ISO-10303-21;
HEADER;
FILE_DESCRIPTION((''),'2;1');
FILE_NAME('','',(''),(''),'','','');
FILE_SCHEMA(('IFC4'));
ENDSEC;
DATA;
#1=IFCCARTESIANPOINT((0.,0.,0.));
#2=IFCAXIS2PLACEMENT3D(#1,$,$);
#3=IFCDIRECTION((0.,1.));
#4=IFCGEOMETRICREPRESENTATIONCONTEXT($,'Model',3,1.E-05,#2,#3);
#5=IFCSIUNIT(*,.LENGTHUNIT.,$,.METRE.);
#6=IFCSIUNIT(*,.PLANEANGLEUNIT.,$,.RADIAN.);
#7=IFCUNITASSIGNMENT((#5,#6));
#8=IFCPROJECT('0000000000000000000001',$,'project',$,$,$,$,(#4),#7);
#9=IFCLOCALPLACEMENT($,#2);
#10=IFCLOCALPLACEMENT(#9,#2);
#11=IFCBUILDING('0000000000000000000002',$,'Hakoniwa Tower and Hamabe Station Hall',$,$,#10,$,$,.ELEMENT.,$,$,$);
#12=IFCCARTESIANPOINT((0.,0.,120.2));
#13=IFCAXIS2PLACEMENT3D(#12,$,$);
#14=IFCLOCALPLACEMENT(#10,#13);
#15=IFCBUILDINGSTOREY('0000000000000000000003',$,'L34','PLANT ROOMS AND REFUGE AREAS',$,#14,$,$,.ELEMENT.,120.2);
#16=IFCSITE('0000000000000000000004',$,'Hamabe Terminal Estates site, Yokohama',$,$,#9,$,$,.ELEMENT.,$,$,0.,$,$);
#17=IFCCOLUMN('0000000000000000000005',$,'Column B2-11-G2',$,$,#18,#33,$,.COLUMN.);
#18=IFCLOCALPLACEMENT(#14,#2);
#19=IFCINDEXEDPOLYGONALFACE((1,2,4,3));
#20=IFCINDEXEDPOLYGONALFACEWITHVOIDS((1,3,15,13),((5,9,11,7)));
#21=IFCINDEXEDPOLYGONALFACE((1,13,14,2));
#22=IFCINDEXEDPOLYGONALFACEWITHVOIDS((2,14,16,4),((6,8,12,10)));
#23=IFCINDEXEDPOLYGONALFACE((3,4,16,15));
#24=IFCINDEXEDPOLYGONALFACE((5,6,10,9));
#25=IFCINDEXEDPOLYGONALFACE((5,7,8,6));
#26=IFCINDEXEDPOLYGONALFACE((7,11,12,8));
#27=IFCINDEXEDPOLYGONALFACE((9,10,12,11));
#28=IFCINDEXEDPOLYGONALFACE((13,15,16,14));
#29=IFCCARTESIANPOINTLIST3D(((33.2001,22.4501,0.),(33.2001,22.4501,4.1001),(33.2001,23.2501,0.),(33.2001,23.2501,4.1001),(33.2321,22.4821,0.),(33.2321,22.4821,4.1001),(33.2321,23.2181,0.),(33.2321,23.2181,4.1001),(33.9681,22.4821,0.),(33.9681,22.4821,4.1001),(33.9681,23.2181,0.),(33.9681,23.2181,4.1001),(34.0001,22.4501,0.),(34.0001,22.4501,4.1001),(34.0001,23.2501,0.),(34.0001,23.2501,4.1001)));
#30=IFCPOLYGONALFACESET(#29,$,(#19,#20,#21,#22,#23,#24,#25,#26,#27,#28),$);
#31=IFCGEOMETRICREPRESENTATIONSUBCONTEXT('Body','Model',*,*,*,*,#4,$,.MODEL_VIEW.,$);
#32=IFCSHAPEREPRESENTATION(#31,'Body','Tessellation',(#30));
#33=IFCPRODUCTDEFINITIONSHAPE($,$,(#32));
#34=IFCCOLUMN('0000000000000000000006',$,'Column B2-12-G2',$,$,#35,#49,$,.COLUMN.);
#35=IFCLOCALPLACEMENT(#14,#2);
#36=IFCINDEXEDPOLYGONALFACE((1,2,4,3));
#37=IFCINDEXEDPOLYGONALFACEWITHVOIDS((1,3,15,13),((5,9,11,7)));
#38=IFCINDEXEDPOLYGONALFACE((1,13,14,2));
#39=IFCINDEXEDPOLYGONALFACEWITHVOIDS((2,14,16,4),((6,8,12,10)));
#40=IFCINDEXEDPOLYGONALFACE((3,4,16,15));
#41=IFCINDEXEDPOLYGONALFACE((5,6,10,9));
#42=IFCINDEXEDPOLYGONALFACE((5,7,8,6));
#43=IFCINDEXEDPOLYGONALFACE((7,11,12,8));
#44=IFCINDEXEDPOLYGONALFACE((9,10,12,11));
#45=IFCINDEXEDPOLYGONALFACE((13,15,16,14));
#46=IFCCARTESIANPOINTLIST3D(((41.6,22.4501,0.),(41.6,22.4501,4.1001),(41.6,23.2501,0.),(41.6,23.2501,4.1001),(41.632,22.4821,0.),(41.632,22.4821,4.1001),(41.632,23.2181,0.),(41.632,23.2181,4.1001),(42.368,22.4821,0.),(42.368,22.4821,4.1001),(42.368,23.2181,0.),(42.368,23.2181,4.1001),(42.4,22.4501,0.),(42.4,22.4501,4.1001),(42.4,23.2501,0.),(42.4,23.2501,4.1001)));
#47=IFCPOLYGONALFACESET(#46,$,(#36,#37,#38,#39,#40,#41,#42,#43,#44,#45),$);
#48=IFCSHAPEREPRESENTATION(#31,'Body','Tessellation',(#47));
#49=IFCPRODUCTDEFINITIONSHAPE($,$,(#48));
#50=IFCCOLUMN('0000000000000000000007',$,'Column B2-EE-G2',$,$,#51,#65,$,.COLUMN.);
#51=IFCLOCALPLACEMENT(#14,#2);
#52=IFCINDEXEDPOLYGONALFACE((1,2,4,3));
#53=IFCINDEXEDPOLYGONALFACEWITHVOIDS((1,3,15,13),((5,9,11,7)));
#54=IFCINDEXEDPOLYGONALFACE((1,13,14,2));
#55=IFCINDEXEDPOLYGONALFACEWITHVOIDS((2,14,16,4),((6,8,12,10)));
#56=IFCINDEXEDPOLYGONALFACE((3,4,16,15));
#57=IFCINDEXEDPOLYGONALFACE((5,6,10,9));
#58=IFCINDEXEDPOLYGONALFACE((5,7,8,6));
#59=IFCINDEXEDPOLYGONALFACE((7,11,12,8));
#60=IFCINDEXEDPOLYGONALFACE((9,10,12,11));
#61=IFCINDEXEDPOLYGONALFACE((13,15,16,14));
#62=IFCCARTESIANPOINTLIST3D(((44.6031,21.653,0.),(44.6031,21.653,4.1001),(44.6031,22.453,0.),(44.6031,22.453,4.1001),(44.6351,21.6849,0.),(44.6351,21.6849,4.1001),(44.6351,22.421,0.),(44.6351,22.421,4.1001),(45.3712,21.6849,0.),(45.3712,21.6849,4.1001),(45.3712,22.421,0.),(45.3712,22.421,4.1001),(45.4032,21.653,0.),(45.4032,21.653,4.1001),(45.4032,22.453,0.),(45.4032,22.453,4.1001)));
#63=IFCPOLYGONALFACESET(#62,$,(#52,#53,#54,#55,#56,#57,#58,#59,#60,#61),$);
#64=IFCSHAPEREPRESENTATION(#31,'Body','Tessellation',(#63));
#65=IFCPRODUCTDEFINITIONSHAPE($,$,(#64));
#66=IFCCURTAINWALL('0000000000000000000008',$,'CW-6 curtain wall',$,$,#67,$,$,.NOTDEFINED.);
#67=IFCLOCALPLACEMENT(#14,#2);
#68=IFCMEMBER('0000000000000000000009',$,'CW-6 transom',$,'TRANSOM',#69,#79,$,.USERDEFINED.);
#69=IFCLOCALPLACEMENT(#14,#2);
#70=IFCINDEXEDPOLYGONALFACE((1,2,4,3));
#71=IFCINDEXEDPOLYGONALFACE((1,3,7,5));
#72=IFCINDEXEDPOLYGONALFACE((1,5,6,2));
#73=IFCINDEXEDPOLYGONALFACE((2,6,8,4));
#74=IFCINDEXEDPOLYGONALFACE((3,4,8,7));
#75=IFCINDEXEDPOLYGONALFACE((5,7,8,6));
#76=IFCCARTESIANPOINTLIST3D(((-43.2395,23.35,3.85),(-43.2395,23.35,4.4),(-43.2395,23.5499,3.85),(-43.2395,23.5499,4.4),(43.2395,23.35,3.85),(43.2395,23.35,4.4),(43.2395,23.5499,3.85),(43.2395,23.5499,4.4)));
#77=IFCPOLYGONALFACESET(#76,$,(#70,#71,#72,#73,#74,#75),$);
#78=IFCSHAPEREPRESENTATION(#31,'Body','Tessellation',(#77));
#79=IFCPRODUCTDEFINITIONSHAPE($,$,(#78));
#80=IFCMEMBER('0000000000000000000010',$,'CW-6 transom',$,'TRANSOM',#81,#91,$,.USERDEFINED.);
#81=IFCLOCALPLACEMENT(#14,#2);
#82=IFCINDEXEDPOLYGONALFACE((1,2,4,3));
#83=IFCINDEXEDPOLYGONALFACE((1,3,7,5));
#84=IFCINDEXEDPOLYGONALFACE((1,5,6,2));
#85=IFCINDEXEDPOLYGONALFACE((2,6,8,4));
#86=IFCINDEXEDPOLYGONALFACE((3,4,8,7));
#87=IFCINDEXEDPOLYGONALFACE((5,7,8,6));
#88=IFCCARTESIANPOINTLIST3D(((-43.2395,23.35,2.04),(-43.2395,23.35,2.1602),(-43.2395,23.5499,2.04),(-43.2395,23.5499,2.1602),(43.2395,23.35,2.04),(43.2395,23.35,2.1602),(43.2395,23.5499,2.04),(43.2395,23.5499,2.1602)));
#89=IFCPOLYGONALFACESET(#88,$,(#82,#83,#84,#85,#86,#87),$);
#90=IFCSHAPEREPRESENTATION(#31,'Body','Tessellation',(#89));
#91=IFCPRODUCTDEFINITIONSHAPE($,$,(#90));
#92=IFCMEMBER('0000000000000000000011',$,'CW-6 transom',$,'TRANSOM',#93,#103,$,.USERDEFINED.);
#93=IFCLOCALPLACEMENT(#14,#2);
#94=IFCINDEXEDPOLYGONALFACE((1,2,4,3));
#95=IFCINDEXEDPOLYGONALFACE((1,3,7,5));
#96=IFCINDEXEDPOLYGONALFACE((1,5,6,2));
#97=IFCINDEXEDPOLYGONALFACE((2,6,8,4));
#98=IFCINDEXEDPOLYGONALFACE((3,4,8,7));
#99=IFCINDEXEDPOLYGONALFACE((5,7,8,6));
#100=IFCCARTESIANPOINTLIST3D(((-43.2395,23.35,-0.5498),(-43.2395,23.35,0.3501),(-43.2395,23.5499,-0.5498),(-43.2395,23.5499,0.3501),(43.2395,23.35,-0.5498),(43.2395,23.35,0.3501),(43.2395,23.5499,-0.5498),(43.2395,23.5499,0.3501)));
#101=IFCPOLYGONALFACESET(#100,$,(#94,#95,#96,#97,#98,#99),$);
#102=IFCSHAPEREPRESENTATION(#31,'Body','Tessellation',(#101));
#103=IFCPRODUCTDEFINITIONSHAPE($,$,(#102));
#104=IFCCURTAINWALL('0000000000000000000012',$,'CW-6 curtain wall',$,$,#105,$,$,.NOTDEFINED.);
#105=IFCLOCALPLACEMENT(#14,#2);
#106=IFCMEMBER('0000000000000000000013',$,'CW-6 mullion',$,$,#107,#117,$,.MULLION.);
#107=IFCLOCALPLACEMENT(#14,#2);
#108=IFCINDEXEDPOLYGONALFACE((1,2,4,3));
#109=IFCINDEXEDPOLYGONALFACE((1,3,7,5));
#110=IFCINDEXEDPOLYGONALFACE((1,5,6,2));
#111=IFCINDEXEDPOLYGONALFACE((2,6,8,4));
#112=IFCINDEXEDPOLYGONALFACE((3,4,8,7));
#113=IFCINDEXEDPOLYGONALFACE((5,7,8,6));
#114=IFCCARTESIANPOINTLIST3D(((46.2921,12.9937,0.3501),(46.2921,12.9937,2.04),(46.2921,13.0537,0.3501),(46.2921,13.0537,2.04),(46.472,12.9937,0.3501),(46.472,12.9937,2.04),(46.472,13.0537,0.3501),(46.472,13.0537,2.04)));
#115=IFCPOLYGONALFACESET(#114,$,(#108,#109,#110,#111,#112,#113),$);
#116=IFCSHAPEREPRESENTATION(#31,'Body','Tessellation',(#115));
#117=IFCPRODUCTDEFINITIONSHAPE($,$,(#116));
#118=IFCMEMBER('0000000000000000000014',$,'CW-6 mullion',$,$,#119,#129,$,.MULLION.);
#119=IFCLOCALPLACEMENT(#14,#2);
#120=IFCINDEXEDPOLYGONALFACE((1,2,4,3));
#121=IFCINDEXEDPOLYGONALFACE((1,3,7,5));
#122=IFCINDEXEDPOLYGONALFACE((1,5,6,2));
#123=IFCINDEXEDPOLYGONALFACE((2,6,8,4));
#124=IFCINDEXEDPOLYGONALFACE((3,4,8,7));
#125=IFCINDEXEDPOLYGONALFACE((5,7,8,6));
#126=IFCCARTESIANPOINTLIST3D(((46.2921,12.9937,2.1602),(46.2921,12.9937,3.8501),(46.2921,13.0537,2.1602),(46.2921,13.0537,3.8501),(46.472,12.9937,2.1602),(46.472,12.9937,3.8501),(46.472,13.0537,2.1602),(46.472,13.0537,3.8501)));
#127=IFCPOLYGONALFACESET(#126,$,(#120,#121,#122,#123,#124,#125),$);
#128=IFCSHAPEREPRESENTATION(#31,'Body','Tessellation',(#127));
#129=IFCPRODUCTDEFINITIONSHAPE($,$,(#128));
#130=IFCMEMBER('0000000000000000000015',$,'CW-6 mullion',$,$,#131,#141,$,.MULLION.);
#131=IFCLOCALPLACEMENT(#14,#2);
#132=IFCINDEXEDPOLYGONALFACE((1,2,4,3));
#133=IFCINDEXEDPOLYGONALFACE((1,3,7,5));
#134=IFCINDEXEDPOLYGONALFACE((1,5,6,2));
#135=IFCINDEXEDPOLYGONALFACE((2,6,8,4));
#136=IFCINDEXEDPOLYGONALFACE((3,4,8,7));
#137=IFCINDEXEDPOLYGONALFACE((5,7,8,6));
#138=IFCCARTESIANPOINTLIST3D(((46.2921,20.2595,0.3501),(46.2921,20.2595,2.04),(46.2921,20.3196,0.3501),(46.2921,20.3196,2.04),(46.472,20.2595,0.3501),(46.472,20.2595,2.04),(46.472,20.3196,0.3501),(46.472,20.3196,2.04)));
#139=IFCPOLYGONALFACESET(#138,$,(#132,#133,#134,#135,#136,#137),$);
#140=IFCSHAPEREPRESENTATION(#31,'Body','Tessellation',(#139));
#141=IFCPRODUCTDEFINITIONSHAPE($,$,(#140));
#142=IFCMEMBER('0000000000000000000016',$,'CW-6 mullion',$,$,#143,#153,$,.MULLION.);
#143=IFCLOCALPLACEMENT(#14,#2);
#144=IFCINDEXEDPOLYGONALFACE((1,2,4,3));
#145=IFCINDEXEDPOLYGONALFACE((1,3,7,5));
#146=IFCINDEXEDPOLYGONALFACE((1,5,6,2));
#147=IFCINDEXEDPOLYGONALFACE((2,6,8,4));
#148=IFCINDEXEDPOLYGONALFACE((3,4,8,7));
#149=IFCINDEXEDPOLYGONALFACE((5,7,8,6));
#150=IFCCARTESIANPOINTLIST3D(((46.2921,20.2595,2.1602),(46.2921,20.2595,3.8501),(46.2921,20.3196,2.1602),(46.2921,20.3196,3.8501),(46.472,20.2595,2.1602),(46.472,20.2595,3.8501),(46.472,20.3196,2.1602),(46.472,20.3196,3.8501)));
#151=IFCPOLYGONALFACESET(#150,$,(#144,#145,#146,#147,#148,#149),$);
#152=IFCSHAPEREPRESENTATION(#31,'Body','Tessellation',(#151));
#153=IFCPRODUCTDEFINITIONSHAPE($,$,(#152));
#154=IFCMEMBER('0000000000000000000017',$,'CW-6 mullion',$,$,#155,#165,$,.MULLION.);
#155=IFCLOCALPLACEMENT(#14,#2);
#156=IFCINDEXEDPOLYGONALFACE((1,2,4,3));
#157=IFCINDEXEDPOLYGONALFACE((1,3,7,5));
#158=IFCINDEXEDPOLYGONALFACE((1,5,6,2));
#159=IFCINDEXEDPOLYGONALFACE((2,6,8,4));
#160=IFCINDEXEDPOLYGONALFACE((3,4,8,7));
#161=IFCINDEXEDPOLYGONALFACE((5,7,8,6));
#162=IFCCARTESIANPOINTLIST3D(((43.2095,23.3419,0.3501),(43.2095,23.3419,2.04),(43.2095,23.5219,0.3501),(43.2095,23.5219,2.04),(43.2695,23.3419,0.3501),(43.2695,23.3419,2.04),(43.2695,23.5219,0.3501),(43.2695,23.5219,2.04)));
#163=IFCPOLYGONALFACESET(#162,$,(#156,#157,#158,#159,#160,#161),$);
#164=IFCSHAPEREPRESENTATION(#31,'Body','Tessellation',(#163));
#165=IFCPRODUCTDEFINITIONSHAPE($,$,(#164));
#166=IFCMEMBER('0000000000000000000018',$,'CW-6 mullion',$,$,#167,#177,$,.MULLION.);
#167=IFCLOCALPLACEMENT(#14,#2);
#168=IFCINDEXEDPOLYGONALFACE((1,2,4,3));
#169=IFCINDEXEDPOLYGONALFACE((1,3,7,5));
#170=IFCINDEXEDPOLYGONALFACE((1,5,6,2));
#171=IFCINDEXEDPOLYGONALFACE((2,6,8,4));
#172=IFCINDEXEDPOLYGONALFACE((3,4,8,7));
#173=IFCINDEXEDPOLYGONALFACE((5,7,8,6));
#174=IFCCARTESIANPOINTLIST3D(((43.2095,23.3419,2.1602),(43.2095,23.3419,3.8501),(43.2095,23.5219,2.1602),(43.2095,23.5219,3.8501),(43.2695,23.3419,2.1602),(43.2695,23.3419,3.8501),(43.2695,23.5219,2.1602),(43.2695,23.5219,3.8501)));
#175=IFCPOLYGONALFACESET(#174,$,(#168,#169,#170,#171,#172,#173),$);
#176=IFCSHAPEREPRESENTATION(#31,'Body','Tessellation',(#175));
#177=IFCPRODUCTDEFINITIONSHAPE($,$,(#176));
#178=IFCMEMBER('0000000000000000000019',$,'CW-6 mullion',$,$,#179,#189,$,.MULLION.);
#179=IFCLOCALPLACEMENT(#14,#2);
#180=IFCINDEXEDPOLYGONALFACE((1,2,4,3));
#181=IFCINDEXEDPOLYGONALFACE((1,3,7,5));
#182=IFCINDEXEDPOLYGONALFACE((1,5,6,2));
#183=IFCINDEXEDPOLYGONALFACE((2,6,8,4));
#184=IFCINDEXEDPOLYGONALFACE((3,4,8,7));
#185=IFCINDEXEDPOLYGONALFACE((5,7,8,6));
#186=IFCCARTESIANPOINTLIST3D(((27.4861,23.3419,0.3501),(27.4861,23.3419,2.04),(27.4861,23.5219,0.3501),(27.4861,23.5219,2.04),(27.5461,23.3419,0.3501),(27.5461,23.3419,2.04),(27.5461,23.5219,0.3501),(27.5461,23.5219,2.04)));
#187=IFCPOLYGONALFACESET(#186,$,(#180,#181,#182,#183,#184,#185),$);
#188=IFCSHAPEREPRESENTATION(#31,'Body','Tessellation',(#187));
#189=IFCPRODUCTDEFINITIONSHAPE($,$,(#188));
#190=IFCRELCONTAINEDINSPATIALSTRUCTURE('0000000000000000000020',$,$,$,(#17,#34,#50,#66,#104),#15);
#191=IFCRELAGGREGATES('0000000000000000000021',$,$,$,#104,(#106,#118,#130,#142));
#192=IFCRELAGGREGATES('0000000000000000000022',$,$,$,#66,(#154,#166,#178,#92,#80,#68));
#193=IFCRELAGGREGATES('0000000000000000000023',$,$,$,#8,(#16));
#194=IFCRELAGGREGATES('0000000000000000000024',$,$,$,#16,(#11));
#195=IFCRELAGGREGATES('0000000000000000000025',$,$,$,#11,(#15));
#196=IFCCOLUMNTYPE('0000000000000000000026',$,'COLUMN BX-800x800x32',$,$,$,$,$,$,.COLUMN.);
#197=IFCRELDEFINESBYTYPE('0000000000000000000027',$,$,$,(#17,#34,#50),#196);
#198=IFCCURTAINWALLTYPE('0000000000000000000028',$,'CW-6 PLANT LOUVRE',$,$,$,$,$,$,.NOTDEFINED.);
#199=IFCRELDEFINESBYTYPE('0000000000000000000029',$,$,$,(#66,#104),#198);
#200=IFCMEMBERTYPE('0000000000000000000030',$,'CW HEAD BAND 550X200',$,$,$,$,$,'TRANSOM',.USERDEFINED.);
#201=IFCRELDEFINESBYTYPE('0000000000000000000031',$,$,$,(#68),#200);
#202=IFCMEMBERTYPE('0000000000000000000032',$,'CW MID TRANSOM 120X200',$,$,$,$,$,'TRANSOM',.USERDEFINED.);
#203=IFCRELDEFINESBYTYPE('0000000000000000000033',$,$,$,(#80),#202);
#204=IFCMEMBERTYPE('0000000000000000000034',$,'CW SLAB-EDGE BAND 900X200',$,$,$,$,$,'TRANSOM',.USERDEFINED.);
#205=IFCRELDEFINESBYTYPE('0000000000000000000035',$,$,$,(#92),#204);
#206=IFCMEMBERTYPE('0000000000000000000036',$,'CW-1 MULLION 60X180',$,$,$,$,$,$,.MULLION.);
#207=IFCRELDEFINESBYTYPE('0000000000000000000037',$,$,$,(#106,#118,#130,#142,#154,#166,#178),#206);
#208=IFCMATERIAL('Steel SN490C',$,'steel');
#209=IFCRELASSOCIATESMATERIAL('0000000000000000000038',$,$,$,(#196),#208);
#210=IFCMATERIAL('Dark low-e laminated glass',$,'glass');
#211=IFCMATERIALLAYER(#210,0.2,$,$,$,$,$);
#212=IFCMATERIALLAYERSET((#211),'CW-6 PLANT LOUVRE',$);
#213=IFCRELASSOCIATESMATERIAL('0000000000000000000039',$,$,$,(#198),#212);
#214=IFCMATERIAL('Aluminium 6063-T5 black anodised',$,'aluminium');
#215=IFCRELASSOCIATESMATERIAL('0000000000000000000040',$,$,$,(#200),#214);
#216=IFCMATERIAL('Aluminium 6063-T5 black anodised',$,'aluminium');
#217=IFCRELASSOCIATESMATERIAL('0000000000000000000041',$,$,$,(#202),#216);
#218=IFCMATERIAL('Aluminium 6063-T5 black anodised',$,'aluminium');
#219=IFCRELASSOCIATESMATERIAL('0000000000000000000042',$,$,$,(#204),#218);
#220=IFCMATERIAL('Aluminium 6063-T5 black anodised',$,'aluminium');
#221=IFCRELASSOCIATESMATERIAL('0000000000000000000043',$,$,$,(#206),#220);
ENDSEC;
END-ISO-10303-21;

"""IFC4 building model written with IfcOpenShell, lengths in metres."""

from ifc_helpers import new_model, si_unit, direction, frame, origin, origin_2d, place, context, subcontext, project, spatial, rectangle, hollow_rectangle, extrude, material, layer, layer_set, material_profile, profile_set, type_object, element, aggregate, save


model = new_model("IFC4")

# Units and contexts
model_context = context("Model", 3, precision=1e-05, world=origin(), true_north=direction((0.0, 1.0)))
body_context = subcontext(model_context, "Body", "Model", "MODEL_VIEW")
ifc_project = project(units=[si_unit("LENGTHUNIT", "METRE"), si_unit("PLANEANGLEUNIT", "RADIAN")], contexts=[model_context])

# Site, building, storey
site_placement = place(None, origin())
site = spatial("IfcSite", under=ifc_project, at=site_placement, Name="Hamabe Terminal Estates site, Yokohama", CompositionType="ELEMENT", RefElevation=0.0)
building_placement = place(site_placement, origin())
building = spatial("IfcBuilding", under=site, at=building_placement, Name="Hakoniwa Tower and Hamabe Station Hall", CompositionType="ELEMENT")
storey_placement = place(building_placement, frame((0.0, 0.0, 120.2)))
storey = spatial("IfcBuildingStorey", under=building, at=storey_placement, Name="L34", Description="PLANT ROOMS AND REFUGE AREAS", CompositionType="ELEMENT", Elevation=120.2)

# Columns
ifc_material_1 = material(Name="Steel SN490C", Category="steel")
ifc_material_profile_1 = material_profile(ifc_material_1, hollow_rectangle(XDim=0.8, YDim=0.8, WallThickness=0.032, at=origin_2d()), Name="BX-800x800x32")
ifc_profile_set_1 = profile_set([ifc_material_profile_1], Name="Steel SN490C")
column_type = type_object("IfcColumnType", Name="COLUMN BX-800x800x32", PredefinedType="COLUMN", material=ifc_profile_set_1)
for number, where, z_axis, x_axis, name in (
    (1, (33.6001, 22.8501, 0.0), (0.0, 0.0, 1.0), (1.0, 0.0, 0.0), "Column B2-11-G2"),
    (2, (42.0, 22.8501, 0.0), (0.0, 0.0, 1.0), (1.0, 0.0, 0.0), "Column B2-12-G2"),
    (3, (45.0032, 22.053, 0.0), (0.0, 0.0, 1.0), (1.0, 0.0, 0.0), "Column B2-EE-G2"),
):
    element("IfcColumn", number, at=place(storey_placement, frame(where, z_axis=z_axis, x_axis=x_axis)), inside=storey, type_object=column_type, Name=name, PredefinedType="COLUMN", context=body_context, shape_type="SweptSolid", body=[
        extrude(hollow_rectangle(XDim=0.8, YDim=0.8, WallThickness=0.032, at=origin_2d()), origin(), (0.0, 0.0, 1.0), 4.1001),
    ])

# Curtain walls, members
ifc_material_2 = material(Name="Dark low-e laminated glass", Category="glass")
ifc_layer_1 = layer(ifc_material_2, 0.2)
ifc_layer_set_1 = layer_set([ifc_layer_1], Name="CW-6 PLANT LOUVRE")
curtain_wall_type = type_object("IfcCurtainWallType", Name="CW-6 PLANT LOUVRE", PredefinedType="NOTDEFINED", material=ifc_layer_set_1)
curtain_wall_1_placement = place(storey_placement, origin())
curtain_wall_1 = element("IfcCurtainWall", 4, at=curtain_wall_1_placement, inside=storey, type_object=curtain_wall_type, Name="CW-6 curtain wall", PredefinedType="NOTDEFINED")
ifc_material_3 = material(Name="Aluminium 6063-T5 black anodised", Category="aluminium")
ifc_material_profile_2 = material_profile(ifc_material_3, rectangle(XDim=0.2, YDim=0.55, at=origin_2d()), Name="CW HEAD BAND 550X200")
ifc_profile_set_2 = profile_set([ifc_material_profile_2], Name="Aluminium 6063-T5 black anodised")
member_type_1 = type_object("IfcMemberType", Name="CW HEAD BAND 550X200", ElementType="TRANSOM", PredefinedType="USERDEFINED", material=ifc_profile_set_2)
member_1_placement = place(storey_placement, frame((43.2395, 23.45, 4.125), z_axis=(-1.0, 0.0, 0.0), x_axis=(0.0, -1.0, 0.0)))
member_1 = element("IfcMember", 5, at=member_1_placement, type_object=member_type_1, Name="CW-6 transom", ObjectType="TRANSOM", PredefinedType="USERDEFINED", context=body_context, shape_type="SweptSolid", body=[
    extrude(rectangle(XDim=0.2, YDim=0.55, at=origin_2d()), origin(), (0.0, 0.0, 1.0), 86.479),
])
ifc_material_4 = material(Name="Aluminium 6063-T5 black anodised", Category="aluminium")
ifc_material_profile_3 = material_profile(ifc_material_4, rectangle(XDim=0.2, YDim=0.1201, at=origin_2d()), Name="CW MID TRANSOM 120X200")
ifc_profile_set_3 = profile_set([ifc_material_profile_3], Name="Aluminium 6063-T5 black anodised")
member_type_2 = type_object("IfcMemberType", Name="CW MID TRANSOM 120X200", ElementType="TRANSOM", PredefinedType="USERDEFINED", material=ifc_profile_set_3)
member_2_placement = place(storey_placement, frame((43.2395, 23.45, 2.1001), z_axis=(-1.0, 0.0, 0.0), x_axis=(0.0, -1.0, 0.0)))
member_2 = element("IfcMember", 6, at=member_2_placement, type_object=member_type_2, Name="CW-6 transom", ObjectType="TRANSOM", PredefinedType="USERDEFINED", context=body_context, shape_type="SweptSolid", body=[
    extrude(rectangle(XDim=0.2, YDim=0.1201, at=origin_2d()), origin(), (0.0, 0.0, 1.0), 86.479),
])
ifc_material_5 = material(Name="Aluminium 6063-T5 black anodised", Category="aluminium")
ifc_material_profile_4 = material_profile(ifc_material_5, rectangle(XDim=0.2, YDim=0.8999, at=origin_2d()), Name="CW SLAB-EDGE BAND 900X200")
ifc_profile_set_4 = profile_set([ifc_material_profile_4], Name="Aluminium 6063-T5 black anodised")
member_type_3 = type_object("IfcMemberType", Name="CW SLAB-EDGE BAND 900X200", ElementType="TRANSOM", PredefinedType="USERDEFINED", material=ifc_profile_set_4)
member_3_placement = place(storey_placement, frame((43.2395, 23.45, -0.0999), z_axis=(-1.0, 0.0, 0.0), x_axis=(0.0, -1.0, 0.0)))
member_3 = element("IfcMember", 7, at=member_3_placement, type_object=member_type_3, Name="CW-6 transom", ObjectType="TRANSOM", PredefinedType="USERDEFINED", context=body_context, shape_type="SweptSolid", body=[
    extrude(rectangle(XDim=0.2, YDim=0.8999, at=origin_2d()), origin(), (0.0, 0.0, 1.0), 86.479),
])
curtain_wall_2_placement = place(storey_placement, origin())
curtain_wall_2 = element("IfcCurtainWall", 8, at=curtain_wall_2_placement, inside=storey, type_object=curtain_wall_type, Name="CW-6 curtain wall", PredefinedType="NOTDEFINED")
ifc_material_6 = material(Name="Aluminium 6063-T5 black anodised", Category="aluminium")
ifc_material_profile_5 = material_profile(ifc_material_6, rectangle(XDim=0.0601, YDim=0.1799, at=origin_2d()), Name="CW-1 MULLION 60X180")
ifc_profile_set_5 = profile_set([ifc_material_profile_5], Name="Aluminium 6063-T5 black anodised")
member_type_4 = type_object("IfcMemberType", Name="CW-1 MULLION 60X180", PredefinedType="MULLION", material=ifc_profile_set_5)
member_4_placement = place(storey_placement, frame((46.3821, 13.0237, 0.3501), z_axis=(0.0, 0.0, 1.0), x_axis=(0.0, 1.0, 0.0)))
member_4 = element("IfcMember", 9, at=member_4_placement, type_object=member_type_4, Name="CW-6 mullion", PredefinedType="MULLION", context=body_context, shape_type="SweptSolid", body=[
    extrude(rectangle(XDim=0.0601, YDim=0.1799, at=origin_2d()), origin(), (0.0, 0.0, 1.0), 1.6899),
])
member_5_placement = place(storey_placement, frame((46.3821, 13.0237, 2.1602), z_axis=(0.0, 0.0, 1.0), x_axis=(0.0, 1.0, 0.0)))
member_5 = element("IfcMember", 10, at=member_5_placement, type_object=member_type_4, Name="CW-6 mullion", PredefinedType="MULLION", context=body_context, shape_type="SweptSolid", body=[
    extrude(rectangle(XDim=0.0601, YDim=0.1799, at=origin_2d()), origin(), (0.0, 0.0, 1.0), 1.6899),
])
member_6_placement = place(storey_placement, frame((46.3821, 20.2896, 0.3501), z_axis=(0.0, 0.0, 1.0), x_axis=(0.0, 1.0, 0.0)))
member_6 = element("IfcMember", 11, at=member_6_placement, type_object=member_type_4, Name="CW-6 mullion", PredefinedType="MULLION", context=body_context, shape_type="SweptSolid", body=[
    extrude(rectangle(XDim=0.0601, YDim=0.1799, at=origin_2d()), origin(), (0.0, 0.0, 1.0), 1.6899),
])
member_7_placement = place(storey_placement, frame((46.3821, 20.2896, 2.1602), z_axis=(0.0, 0.0, 1.0), x_axis=(0.0, 1.0, 0.0)))
member_7 = element("IfcMember", 12, at=member_7_placement, type_object=member_type_4, Name="CW-6 mullion", PredefinedType="MULLION", context=body_context, shape_type="SweptSolid", body=[
    extrude(rectangle(XDim=0.0601, YDim=0.1799, at=origin_2d()), origin(), (0.0, 0.0, 1.0), 1.6899),
])

# Members
member_8_placement = place(storey_placement, frame((43.2395, 23.4319, 0.3501), z_axis=(0.0, 0.0, 1.0), x_axis=(-1.0, 0.0, 0.0)))
member_8 = element("IfcMember", 13, at=member_8_placement, type_object=member_type_4, Name="CW-6 mullion", PredefinedType="MULLION", context=body_context, shape_type="SweptSolid", body=[
    extrude(rectangle(XDim=0.0601, YDim=0.1799, at=origin_2d()), origin(), (0.0, 0.0, 1.0), 1.6899),
])
member_9_placement = place(storey_placement, frame((43.2395, 23.4319, 2.1602), z_axis=(0.0, 0.0, 1.0), x_axis=(-1.0, 0.0, 0.0)))
member_9 = element("IfcMember", 14, at=member_9_placement, type_object=member_type_4, Name="CW-6 mullion", PredefinedType="MULLION", context=body_context, shape_type="SweptSolid", body=[
    extrude(rectangle(XDim=0.0601, YDim=0.1799, at=origin_2d()), origin(), (0.0, 0.0, 1.0), 1.6899),
])
member_10_placement = place(storey_placement, frame((27.5161, 23.4319, 0.3501), z_axis=(0.0, 0.0, 1.0), x_axis=(-1.0, 0.0, 0.0)))
member_10 = element("IfcMember", 15, at=member_10_placement, type_object=member_type_4, Name="CW-6 mullion", PredefinedType="MULLION", context=body_context, shape_type="SweptSolid", body=[
    extrude(rectangle(XDim=0.0601, YDim=0.1799, at=origin_2d()), origin(), (0.0, 0.0, 1.0), 1.6899),
])

aggregate(curtain_wall_2, [member_4, member_5, member_6, member_7])

aggregate(curtain_wall_1, [member_8, member_9, member_10, member_3, member_2, member_1])

save(model, "model.ifc")
